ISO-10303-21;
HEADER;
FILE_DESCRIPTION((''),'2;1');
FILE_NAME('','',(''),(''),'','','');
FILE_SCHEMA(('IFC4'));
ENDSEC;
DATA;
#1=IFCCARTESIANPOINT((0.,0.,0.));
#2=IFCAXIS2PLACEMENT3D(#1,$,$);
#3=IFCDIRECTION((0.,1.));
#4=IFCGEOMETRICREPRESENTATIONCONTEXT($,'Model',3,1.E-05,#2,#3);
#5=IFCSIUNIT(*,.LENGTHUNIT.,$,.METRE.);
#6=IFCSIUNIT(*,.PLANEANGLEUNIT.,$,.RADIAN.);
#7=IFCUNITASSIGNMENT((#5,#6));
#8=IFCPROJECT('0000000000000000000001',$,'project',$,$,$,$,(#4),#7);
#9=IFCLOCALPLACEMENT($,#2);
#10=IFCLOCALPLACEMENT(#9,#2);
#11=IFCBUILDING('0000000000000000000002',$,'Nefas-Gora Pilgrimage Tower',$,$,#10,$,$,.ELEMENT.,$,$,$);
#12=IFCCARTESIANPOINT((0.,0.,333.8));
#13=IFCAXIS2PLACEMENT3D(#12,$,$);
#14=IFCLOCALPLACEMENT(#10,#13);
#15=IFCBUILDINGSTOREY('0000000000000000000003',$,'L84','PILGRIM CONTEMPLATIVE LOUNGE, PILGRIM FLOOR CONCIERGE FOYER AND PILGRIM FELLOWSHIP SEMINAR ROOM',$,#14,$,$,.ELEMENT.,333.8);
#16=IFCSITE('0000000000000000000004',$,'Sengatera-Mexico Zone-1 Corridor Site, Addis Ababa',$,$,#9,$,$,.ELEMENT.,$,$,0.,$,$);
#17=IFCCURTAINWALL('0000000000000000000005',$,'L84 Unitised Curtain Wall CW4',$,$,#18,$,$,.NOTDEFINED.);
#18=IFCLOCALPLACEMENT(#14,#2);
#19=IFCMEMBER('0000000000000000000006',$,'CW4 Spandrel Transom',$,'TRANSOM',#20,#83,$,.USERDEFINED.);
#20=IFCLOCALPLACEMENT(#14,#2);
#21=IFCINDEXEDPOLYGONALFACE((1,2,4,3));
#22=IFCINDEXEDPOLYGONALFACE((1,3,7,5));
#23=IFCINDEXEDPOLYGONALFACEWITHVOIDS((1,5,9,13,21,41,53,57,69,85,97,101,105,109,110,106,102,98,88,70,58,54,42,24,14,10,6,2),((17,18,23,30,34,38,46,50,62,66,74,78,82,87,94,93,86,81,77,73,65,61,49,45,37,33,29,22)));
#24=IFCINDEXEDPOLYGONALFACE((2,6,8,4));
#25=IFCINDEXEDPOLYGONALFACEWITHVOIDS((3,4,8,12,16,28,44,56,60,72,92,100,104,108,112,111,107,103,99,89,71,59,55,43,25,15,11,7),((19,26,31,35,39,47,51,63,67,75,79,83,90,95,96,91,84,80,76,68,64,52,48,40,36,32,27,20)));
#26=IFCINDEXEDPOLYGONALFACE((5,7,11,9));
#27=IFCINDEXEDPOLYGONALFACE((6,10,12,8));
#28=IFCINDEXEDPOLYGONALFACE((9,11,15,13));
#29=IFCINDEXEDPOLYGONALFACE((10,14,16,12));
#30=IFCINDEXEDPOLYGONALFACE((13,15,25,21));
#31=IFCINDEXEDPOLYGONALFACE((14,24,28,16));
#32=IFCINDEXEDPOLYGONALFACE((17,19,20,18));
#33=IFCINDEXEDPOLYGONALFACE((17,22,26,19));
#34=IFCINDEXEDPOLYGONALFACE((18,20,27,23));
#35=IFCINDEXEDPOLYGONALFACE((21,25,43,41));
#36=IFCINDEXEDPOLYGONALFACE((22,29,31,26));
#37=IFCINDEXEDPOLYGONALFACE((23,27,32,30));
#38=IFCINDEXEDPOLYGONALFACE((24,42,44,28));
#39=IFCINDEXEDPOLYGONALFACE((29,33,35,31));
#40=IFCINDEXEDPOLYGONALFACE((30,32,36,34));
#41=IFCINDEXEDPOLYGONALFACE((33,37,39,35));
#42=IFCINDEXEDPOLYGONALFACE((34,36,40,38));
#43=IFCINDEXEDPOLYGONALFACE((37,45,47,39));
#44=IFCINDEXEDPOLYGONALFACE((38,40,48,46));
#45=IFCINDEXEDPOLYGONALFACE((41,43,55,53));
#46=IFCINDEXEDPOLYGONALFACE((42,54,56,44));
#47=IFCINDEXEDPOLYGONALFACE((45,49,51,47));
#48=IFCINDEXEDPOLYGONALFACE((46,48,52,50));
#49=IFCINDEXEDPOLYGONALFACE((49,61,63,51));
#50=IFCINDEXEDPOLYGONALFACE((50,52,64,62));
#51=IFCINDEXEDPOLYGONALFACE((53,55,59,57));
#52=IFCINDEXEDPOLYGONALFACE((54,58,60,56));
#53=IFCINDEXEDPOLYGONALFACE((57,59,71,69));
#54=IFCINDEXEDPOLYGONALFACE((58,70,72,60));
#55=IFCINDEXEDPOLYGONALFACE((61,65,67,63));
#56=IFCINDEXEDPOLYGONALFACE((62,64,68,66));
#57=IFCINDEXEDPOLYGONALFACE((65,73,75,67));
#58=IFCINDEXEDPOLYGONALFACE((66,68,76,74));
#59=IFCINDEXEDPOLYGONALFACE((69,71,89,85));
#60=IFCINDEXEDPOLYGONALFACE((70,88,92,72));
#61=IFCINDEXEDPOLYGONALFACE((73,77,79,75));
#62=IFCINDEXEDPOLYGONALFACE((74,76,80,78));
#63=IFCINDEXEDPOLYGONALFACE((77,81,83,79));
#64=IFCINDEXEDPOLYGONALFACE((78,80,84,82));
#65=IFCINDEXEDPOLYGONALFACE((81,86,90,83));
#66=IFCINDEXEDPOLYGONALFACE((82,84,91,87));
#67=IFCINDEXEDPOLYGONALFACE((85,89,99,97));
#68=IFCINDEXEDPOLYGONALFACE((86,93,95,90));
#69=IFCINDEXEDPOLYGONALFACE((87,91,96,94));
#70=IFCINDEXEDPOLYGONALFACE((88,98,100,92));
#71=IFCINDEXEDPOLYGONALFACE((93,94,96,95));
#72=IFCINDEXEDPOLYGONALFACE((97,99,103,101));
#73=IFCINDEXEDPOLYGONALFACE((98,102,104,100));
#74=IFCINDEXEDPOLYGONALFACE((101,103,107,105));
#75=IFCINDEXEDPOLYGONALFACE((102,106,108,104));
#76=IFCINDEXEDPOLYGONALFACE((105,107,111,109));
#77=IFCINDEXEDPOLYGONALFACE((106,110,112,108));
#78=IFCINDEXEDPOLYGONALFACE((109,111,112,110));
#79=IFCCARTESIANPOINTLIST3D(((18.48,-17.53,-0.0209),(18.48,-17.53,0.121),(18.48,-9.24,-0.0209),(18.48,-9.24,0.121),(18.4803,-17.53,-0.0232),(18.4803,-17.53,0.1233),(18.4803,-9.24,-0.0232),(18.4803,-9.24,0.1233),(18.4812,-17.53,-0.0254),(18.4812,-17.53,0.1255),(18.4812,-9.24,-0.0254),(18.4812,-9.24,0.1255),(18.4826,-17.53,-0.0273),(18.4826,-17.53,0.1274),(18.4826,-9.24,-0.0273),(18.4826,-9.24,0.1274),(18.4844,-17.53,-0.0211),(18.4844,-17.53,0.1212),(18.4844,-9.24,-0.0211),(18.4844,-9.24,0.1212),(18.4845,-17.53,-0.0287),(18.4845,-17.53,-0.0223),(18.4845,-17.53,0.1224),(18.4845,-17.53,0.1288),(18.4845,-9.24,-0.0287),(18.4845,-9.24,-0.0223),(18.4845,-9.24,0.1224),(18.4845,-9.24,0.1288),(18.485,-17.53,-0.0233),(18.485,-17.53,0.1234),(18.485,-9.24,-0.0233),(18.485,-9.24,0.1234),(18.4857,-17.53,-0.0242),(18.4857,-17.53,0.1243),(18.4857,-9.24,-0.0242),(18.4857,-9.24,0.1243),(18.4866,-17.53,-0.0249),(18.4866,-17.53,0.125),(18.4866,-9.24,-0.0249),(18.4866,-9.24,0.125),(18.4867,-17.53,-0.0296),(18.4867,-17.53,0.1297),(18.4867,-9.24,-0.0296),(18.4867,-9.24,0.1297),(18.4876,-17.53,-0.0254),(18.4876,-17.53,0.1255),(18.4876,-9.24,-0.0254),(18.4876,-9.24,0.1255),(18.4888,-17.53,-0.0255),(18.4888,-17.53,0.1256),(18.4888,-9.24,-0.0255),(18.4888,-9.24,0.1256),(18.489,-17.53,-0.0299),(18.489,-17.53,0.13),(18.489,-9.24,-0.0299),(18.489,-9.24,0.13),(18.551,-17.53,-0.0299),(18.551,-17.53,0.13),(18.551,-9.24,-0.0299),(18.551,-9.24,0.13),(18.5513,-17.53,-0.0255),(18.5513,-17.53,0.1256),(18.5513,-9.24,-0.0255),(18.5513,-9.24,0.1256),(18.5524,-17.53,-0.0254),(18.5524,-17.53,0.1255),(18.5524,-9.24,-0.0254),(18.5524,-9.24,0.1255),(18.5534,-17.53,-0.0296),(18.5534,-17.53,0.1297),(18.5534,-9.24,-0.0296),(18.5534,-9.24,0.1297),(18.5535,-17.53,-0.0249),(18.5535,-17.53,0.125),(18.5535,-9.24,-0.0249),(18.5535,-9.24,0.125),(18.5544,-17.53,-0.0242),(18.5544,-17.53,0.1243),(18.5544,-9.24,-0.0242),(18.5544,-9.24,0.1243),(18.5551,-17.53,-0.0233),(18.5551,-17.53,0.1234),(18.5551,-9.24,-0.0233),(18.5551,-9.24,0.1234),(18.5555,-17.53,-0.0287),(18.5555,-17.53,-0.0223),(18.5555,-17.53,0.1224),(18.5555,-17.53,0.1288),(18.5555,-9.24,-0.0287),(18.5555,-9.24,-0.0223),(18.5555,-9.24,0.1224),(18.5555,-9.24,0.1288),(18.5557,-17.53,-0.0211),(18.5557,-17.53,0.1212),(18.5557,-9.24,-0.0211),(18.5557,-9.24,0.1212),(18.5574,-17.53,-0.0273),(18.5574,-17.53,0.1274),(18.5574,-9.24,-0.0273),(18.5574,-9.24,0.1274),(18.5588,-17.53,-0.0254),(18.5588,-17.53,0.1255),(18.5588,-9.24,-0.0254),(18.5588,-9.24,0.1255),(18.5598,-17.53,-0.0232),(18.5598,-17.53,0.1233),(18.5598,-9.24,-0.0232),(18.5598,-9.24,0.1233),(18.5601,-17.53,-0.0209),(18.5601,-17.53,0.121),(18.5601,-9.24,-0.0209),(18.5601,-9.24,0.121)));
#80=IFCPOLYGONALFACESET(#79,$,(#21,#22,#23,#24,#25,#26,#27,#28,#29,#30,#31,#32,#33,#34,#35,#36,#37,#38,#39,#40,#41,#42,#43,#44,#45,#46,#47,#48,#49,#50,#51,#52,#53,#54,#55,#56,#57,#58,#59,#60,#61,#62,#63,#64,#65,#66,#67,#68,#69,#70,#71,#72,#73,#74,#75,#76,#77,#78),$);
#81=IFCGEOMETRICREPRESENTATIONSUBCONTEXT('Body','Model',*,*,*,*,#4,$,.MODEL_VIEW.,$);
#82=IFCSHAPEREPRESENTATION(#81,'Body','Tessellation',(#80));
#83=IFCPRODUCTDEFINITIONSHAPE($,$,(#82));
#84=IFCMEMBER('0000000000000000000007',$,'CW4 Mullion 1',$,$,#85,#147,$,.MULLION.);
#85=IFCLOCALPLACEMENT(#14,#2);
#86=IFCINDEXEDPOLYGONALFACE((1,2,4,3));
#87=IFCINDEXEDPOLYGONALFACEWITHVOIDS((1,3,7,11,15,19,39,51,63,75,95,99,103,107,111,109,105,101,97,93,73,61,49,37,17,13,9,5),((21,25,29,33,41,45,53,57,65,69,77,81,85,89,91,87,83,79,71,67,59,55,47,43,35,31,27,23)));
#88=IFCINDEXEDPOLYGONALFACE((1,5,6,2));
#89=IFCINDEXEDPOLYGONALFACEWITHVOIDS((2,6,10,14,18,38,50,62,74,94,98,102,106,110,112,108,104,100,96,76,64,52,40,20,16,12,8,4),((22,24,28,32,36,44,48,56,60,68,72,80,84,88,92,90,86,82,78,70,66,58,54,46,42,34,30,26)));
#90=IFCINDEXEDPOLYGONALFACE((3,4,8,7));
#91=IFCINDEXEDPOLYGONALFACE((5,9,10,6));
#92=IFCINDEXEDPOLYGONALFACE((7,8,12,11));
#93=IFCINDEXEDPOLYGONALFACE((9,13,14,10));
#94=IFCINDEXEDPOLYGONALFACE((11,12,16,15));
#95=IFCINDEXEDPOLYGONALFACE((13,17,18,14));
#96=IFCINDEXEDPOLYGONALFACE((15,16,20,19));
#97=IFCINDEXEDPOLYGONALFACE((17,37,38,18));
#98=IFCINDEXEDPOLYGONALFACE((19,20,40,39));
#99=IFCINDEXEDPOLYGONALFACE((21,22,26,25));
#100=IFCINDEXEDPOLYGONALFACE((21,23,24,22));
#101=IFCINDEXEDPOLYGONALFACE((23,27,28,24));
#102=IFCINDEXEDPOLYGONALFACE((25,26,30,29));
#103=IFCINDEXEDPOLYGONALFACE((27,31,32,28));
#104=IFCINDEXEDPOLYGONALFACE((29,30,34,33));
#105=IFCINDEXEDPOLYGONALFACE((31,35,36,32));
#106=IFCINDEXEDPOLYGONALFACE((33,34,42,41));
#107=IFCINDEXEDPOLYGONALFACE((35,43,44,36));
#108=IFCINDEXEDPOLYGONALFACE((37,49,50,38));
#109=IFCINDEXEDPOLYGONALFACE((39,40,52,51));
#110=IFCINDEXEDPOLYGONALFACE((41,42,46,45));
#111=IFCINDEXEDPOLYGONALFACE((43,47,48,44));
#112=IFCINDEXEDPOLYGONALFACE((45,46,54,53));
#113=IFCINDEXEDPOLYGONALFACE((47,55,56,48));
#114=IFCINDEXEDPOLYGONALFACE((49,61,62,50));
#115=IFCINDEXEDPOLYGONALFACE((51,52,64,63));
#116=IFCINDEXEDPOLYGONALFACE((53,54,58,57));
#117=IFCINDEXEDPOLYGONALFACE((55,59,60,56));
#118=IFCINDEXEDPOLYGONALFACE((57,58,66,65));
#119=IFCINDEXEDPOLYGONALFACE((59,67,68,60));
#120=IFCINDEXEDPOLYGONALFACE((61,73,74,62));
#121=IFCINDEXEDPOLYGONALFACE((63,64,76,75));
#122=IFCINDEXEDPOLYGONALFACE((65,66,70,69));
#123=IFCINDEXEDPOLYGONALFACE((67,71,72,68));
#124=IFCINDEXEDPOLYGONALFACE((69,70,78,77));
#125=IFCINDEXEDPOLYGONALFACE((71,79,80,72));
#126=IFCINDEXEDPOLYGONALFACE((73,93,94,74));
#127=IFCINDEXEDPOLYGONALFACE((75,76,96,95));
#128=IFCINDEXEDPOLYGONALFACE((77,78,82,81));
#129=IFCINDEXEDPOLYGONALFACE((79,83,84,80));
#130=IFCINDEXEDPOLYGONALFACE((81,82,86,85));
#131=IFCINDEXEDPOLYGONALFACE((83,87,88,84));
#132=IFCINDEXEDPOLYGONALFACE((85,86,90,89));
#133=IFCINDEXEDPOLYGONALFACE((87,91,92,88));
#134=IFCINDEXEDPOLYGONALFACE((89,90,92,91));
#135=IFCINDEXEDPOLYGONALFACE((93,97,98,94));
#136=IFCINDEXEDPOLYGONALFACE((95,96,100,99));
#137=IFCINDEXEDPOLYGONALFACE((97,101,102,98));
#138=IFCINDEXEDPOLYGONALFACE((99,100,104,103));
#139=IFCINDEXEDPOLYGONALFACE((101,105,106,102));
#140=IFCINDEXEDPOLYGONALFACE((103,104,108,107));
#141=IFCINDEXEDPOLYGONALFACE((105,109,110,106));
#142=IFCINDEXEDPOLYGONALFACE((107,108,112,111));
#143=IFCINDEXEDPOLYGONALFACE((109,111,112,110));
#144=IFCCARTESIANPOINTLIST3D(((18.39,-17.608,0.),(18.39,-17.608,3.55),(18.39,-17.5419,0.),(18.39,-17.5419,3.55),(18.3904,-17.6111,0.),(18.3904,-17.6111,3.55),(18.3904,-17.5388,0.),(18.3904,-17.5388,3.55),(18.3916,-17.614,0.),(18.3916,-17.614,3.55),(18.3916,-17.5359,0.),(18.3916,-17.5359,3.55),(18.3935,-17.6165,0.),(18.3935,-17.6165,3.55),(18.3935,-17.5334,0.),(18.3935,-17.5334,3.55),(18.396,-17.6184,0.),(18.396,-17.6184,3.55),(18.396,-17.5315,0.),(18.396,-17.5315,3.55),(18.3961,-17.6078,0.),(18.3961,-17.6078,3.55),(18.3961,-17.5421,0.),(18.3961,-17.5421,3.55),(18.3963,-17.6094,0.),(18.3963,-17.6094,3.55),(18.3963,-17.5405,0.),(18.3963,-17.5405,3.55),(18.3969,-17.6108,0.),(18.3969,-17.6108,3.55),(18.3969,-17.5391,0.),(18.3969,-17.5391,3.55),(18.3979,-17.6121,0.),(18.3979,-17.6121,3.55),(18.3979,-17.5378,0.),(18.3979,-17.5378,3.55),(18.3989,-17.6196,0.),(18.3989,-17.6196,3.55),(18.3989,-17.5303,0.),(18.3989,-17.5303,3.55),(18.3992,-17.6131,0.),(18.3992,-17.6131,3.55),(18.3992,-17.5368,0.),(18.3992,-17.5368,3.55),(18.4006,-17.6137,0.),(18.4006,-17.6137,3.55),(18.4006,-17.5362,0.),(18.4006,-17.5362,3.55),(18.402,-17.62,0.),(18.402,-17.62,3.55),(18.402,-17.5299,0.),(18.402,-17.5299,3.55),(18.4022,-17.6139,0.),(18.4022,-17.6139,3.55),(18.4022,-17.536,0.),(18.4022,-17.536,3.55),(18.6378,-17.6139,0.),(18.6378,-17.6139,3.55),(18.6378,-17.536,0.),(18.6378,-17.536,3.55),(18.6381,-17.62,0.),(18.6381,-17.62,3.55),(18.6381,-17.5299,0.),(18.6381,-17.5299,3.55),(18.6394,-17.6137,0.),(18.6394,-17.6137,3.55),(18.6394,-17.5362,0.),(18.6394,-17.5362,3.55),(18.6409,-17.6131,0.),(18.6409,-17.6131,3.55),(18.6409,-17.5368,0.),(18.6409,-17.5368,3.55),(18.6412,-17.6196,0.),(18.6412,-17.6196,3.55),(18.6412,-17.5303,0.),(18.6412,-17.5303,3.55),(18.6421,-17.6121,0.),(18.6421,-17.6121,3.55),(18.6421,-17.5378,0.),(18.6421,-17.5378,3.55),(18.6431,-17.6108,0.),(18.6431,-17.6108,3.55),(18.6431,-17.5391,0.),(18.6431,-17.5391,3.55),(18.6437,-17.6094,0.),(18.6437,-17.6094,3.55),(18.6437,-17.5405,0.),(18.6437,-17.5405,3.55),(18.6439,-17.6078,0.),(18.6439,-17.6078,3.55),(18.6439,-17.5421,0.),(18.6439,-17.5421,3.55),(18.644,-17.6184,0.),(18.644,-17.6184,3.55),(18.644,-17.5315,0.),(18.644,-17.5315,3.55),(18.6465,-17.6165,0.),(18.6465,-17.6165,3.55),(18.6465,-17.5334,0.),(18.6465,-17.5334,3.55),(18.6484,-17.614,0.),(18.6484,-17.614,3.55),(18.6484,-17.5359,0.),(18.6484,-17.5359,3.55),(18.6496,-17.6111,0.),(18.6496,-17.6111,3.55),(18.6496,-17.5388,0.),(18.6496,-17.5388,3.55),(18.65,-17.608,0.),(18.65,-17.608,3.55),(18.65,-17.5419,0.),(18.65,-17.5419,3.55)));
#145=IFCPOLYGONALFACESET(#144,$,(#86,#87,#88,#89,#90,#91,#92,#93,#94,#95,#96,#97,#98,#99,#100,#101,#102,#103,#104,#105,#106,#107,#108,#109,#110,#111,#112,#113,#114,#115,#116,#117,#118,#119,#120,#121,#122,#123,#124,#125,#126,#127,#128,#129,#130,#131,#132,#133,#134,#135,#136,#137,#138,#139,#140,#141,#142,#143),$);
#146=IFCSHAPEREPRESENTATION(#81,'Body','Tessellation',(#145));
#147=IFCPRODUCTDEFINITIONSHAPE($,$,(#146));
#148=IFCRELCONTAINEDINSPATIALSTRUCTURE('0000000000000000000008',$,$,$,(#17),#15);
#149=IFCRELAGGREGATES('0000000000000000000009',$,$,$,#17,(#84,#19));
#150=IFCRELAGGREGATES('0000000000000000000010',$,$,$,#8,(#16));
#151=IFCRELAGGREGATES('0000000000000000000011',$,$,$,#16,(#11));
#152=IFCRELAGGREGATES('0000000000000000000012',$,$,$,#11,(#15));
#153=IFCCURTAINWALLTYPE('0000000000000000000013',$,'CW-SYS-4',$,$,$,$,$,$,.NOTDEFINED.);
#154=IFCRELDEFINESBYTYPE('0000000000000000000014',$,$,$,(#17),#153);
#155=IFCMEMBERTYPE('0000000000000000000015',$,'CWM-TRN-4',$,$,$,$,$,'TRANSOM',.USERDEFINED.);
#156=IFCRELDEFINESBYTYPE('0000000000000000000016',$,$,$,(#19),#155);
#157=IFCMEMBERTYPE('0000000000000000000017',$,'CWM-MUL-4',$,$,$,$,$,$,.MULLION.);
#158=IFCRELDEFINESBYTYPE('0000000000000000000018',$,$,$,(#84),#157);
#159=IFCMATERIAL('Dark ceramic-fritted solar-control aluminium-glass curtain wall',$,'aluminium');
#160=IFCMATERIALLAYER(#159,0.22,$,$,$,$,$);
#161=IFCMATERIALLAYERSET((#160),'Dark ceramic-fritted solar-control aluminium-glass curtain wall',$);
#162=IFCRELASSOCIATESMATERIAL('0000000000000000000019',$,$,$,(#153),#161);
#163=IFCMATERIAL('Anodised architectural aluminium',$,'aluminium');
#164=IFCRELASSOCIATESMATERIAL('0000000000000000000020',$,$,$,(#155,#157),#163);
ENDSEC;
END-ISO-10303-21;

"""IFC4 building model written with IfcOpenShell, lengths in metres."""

from ifc_helpers import new_model, si_unit, direction, frame, origin, origin_2d, place, context, subcontext, project, spatial, hollow_rectangle, extrude, source, transform, mapped, material, layer, layer_set, material_profile, profile_set, type_object, element, aggregate, save


model = new_model("IFC4")

# Units and contexts
model_context = context("Model", 3, precision=1e-05, world=origin(), true_north=direction((0.0, 1.0)))
body_context = subcontext(model_context, "Body", "Model", "MODEL_VIEW")
ifc_project = project(units=[si_unit("LENGTHUNIT", "METRE"), si_unit("PLANEANGLEUNIT", "RADIAN")], contexts=[model_context])

# Site, building, storey
site_placement = place(None, origin())
site = spatial("IfcSite", under=ifc_project, at=site_placement, Name="Sengatera-Mexico Zone-1 Corridor Site, Addis Ababa", CompositionType="ELEMENT", RefElevation=0.0)
building_placement = place(site_placement, origin())
building = spatial("IfcBuilding", under=site, at=building_placement, Name="Nefas-Gora Pilgrimage Tower", CompositionType="ELEMENT")
storey_placement = place(building_placement, frame((0.0, 0.0, 333.8)))
storey = spatial("IfcBuildingStorey", under=building, at=storey_placement, Name="L84", Description="PILGRIM CONTEMPLATIVE LOUNGE, PILGRIM FLOOR CONCIERGE FOYER AND PILGRIM FELLOWSHIP SEMINAR ROOM", CompositionType="ELEMENT", Elevation=333.8)

# Curtain wall, members
ifc_material_1 = material(Name="Dark ceramic-fritted solar-control aluminium-glass curtain wall", Category="aluminium")
ifc_layer_1 = layer(ifc_material_1, 0.22)
ifc_layer_set_1 = layer_set([ifc_layer_1], Name="Dark ceramic-fritted solar-control aluminium-glass curtain wall")
curtain_wall_type = type_object("IfcCurtainWallType", Name="CW-SYS-4", PredefinedType="NOTDEFINED", material=ifc_layer_set_1)
curtain_wall_placement = place(storey_placement, origin())
curtain_wall = element("IfcCurtainWall", 1, at=curtain_wall_placement, inside=storey, type_object=curtain_wall_type, Name="L84 Unitised Curtain Wall CW4", PredefinedType="NOTDEFINED")
ifc_material_2 = material(Name="Anodised architectural aluminium", Category="aluminium")
ifc_material_profile_1 = material_profile(ifc_material_2, hollow_rectangle(XDim=0.0801, YDim=0.1599, WallThickness=0.0044, InnerFilletRadius=0.0044, OuterFilletRadius=0.009, at=origin_2d()), Name="ALU TRANSOM 80x160")
ifc_profile_set_1 = profile_set([ifc_material_profile_1], Name="Anodised architectural aluminium")
member_type_1 = type_object("IfcMemberType", Name="CWM-TRN-4", ElementType="TRANSOM", PredefinedType="USERDEFINED", material=ifc_profile_set_1)
shared_shape_1 = source(origin(), body_context, "Body", "SweptSolid", [
    extrude(hollow_rectangle(XDim=0.0801, YDim=0.1599, WallThickness=0.0044, InnerFilletRadius=0.0044, OuterFilletRadius=0.009, at=origin_2d()), origin(), (0.0, 0.0, 1.0), 8.29),
])
member_1_placement = place(storey_placement, frame((18.52, -17.53, 0.05), z_axis=(0.0, 1.0, 0.0), x_axis=(-1.0, 0.0, 0.0)))
member_1 = element("IfcMember", 2, at=member_1_placement, type_object=member_type_1, Name="CW4 Spandrel Transom", ObjectType="TRANSOM", PredefinedType="USERDEFINED", context=body_context, shape_type="MappedRepresentation", body=[
    mapped(shared_shape_1, transform((0.0, 0.0, 0.0), x_axis=(1.0, 0.0, 0.0), y_axis=(0.0, 1.0, 0.0), z_axis=(0.0, 0.0, 1.0), scale=1.0)),
])
ifc_material_profile_2 = material_profile(ifc_material_2, hollow_rectangle(XDim=0.0901, YDim=0.26, WallThickness=0.0061, InnerFilletRadius=0.0061, OuterFilletRadius=0.012, at=origin_2d()), Name="ALU MULLION 90x260")
ifc_profile_set_2 = profile_set([ifc_material_profile_2], Name="Anodised architectural aluminium")
member_type_2 = type_object("IfcMemberType", Name="CWM-MUL-4", PredefinedType="MULLION", material=ifc_profile_set_2)
shared_shape_2 = source(origin(), body_context, "Body", "SweptSolid", [
    extrude(hollow_rectangle(XDim=0.0901, YDim=0.26, WallThickness=0.0061, InnerFilletRadius=0.0061, OuterFilletRadius=0.012, at=origin_2d()), origin(), (0.0, 0.0, 1.0), 3.55),
])
member_2_placement = place(storey_placement, frame((18.52, -17.575, 0.0), z_axis=(0.0, 0.0, 1.0), x_axis=(0.0, 1.0, 0.0)))
member_2 = element("IfcMember", 3, at=member_2_placement, type_object=member_type_2, Name="CW4 Mullion 1", PredefinedType="MULLION", context=body_context, shape_type="MappedRepresentation", body=[
    mapped(shared_shape_2, transform((0.0, 0.0, 0.0), x_axis=(1.0, 0.0, 0.0), y_axis=(0.0, 1.0, 0.0), z_axis=(0.0, 0.0, 1.0), scale=1.0)),
])
aggregate(curtain_wall, [member_2, member_1])

save(model, "model.ifc")
